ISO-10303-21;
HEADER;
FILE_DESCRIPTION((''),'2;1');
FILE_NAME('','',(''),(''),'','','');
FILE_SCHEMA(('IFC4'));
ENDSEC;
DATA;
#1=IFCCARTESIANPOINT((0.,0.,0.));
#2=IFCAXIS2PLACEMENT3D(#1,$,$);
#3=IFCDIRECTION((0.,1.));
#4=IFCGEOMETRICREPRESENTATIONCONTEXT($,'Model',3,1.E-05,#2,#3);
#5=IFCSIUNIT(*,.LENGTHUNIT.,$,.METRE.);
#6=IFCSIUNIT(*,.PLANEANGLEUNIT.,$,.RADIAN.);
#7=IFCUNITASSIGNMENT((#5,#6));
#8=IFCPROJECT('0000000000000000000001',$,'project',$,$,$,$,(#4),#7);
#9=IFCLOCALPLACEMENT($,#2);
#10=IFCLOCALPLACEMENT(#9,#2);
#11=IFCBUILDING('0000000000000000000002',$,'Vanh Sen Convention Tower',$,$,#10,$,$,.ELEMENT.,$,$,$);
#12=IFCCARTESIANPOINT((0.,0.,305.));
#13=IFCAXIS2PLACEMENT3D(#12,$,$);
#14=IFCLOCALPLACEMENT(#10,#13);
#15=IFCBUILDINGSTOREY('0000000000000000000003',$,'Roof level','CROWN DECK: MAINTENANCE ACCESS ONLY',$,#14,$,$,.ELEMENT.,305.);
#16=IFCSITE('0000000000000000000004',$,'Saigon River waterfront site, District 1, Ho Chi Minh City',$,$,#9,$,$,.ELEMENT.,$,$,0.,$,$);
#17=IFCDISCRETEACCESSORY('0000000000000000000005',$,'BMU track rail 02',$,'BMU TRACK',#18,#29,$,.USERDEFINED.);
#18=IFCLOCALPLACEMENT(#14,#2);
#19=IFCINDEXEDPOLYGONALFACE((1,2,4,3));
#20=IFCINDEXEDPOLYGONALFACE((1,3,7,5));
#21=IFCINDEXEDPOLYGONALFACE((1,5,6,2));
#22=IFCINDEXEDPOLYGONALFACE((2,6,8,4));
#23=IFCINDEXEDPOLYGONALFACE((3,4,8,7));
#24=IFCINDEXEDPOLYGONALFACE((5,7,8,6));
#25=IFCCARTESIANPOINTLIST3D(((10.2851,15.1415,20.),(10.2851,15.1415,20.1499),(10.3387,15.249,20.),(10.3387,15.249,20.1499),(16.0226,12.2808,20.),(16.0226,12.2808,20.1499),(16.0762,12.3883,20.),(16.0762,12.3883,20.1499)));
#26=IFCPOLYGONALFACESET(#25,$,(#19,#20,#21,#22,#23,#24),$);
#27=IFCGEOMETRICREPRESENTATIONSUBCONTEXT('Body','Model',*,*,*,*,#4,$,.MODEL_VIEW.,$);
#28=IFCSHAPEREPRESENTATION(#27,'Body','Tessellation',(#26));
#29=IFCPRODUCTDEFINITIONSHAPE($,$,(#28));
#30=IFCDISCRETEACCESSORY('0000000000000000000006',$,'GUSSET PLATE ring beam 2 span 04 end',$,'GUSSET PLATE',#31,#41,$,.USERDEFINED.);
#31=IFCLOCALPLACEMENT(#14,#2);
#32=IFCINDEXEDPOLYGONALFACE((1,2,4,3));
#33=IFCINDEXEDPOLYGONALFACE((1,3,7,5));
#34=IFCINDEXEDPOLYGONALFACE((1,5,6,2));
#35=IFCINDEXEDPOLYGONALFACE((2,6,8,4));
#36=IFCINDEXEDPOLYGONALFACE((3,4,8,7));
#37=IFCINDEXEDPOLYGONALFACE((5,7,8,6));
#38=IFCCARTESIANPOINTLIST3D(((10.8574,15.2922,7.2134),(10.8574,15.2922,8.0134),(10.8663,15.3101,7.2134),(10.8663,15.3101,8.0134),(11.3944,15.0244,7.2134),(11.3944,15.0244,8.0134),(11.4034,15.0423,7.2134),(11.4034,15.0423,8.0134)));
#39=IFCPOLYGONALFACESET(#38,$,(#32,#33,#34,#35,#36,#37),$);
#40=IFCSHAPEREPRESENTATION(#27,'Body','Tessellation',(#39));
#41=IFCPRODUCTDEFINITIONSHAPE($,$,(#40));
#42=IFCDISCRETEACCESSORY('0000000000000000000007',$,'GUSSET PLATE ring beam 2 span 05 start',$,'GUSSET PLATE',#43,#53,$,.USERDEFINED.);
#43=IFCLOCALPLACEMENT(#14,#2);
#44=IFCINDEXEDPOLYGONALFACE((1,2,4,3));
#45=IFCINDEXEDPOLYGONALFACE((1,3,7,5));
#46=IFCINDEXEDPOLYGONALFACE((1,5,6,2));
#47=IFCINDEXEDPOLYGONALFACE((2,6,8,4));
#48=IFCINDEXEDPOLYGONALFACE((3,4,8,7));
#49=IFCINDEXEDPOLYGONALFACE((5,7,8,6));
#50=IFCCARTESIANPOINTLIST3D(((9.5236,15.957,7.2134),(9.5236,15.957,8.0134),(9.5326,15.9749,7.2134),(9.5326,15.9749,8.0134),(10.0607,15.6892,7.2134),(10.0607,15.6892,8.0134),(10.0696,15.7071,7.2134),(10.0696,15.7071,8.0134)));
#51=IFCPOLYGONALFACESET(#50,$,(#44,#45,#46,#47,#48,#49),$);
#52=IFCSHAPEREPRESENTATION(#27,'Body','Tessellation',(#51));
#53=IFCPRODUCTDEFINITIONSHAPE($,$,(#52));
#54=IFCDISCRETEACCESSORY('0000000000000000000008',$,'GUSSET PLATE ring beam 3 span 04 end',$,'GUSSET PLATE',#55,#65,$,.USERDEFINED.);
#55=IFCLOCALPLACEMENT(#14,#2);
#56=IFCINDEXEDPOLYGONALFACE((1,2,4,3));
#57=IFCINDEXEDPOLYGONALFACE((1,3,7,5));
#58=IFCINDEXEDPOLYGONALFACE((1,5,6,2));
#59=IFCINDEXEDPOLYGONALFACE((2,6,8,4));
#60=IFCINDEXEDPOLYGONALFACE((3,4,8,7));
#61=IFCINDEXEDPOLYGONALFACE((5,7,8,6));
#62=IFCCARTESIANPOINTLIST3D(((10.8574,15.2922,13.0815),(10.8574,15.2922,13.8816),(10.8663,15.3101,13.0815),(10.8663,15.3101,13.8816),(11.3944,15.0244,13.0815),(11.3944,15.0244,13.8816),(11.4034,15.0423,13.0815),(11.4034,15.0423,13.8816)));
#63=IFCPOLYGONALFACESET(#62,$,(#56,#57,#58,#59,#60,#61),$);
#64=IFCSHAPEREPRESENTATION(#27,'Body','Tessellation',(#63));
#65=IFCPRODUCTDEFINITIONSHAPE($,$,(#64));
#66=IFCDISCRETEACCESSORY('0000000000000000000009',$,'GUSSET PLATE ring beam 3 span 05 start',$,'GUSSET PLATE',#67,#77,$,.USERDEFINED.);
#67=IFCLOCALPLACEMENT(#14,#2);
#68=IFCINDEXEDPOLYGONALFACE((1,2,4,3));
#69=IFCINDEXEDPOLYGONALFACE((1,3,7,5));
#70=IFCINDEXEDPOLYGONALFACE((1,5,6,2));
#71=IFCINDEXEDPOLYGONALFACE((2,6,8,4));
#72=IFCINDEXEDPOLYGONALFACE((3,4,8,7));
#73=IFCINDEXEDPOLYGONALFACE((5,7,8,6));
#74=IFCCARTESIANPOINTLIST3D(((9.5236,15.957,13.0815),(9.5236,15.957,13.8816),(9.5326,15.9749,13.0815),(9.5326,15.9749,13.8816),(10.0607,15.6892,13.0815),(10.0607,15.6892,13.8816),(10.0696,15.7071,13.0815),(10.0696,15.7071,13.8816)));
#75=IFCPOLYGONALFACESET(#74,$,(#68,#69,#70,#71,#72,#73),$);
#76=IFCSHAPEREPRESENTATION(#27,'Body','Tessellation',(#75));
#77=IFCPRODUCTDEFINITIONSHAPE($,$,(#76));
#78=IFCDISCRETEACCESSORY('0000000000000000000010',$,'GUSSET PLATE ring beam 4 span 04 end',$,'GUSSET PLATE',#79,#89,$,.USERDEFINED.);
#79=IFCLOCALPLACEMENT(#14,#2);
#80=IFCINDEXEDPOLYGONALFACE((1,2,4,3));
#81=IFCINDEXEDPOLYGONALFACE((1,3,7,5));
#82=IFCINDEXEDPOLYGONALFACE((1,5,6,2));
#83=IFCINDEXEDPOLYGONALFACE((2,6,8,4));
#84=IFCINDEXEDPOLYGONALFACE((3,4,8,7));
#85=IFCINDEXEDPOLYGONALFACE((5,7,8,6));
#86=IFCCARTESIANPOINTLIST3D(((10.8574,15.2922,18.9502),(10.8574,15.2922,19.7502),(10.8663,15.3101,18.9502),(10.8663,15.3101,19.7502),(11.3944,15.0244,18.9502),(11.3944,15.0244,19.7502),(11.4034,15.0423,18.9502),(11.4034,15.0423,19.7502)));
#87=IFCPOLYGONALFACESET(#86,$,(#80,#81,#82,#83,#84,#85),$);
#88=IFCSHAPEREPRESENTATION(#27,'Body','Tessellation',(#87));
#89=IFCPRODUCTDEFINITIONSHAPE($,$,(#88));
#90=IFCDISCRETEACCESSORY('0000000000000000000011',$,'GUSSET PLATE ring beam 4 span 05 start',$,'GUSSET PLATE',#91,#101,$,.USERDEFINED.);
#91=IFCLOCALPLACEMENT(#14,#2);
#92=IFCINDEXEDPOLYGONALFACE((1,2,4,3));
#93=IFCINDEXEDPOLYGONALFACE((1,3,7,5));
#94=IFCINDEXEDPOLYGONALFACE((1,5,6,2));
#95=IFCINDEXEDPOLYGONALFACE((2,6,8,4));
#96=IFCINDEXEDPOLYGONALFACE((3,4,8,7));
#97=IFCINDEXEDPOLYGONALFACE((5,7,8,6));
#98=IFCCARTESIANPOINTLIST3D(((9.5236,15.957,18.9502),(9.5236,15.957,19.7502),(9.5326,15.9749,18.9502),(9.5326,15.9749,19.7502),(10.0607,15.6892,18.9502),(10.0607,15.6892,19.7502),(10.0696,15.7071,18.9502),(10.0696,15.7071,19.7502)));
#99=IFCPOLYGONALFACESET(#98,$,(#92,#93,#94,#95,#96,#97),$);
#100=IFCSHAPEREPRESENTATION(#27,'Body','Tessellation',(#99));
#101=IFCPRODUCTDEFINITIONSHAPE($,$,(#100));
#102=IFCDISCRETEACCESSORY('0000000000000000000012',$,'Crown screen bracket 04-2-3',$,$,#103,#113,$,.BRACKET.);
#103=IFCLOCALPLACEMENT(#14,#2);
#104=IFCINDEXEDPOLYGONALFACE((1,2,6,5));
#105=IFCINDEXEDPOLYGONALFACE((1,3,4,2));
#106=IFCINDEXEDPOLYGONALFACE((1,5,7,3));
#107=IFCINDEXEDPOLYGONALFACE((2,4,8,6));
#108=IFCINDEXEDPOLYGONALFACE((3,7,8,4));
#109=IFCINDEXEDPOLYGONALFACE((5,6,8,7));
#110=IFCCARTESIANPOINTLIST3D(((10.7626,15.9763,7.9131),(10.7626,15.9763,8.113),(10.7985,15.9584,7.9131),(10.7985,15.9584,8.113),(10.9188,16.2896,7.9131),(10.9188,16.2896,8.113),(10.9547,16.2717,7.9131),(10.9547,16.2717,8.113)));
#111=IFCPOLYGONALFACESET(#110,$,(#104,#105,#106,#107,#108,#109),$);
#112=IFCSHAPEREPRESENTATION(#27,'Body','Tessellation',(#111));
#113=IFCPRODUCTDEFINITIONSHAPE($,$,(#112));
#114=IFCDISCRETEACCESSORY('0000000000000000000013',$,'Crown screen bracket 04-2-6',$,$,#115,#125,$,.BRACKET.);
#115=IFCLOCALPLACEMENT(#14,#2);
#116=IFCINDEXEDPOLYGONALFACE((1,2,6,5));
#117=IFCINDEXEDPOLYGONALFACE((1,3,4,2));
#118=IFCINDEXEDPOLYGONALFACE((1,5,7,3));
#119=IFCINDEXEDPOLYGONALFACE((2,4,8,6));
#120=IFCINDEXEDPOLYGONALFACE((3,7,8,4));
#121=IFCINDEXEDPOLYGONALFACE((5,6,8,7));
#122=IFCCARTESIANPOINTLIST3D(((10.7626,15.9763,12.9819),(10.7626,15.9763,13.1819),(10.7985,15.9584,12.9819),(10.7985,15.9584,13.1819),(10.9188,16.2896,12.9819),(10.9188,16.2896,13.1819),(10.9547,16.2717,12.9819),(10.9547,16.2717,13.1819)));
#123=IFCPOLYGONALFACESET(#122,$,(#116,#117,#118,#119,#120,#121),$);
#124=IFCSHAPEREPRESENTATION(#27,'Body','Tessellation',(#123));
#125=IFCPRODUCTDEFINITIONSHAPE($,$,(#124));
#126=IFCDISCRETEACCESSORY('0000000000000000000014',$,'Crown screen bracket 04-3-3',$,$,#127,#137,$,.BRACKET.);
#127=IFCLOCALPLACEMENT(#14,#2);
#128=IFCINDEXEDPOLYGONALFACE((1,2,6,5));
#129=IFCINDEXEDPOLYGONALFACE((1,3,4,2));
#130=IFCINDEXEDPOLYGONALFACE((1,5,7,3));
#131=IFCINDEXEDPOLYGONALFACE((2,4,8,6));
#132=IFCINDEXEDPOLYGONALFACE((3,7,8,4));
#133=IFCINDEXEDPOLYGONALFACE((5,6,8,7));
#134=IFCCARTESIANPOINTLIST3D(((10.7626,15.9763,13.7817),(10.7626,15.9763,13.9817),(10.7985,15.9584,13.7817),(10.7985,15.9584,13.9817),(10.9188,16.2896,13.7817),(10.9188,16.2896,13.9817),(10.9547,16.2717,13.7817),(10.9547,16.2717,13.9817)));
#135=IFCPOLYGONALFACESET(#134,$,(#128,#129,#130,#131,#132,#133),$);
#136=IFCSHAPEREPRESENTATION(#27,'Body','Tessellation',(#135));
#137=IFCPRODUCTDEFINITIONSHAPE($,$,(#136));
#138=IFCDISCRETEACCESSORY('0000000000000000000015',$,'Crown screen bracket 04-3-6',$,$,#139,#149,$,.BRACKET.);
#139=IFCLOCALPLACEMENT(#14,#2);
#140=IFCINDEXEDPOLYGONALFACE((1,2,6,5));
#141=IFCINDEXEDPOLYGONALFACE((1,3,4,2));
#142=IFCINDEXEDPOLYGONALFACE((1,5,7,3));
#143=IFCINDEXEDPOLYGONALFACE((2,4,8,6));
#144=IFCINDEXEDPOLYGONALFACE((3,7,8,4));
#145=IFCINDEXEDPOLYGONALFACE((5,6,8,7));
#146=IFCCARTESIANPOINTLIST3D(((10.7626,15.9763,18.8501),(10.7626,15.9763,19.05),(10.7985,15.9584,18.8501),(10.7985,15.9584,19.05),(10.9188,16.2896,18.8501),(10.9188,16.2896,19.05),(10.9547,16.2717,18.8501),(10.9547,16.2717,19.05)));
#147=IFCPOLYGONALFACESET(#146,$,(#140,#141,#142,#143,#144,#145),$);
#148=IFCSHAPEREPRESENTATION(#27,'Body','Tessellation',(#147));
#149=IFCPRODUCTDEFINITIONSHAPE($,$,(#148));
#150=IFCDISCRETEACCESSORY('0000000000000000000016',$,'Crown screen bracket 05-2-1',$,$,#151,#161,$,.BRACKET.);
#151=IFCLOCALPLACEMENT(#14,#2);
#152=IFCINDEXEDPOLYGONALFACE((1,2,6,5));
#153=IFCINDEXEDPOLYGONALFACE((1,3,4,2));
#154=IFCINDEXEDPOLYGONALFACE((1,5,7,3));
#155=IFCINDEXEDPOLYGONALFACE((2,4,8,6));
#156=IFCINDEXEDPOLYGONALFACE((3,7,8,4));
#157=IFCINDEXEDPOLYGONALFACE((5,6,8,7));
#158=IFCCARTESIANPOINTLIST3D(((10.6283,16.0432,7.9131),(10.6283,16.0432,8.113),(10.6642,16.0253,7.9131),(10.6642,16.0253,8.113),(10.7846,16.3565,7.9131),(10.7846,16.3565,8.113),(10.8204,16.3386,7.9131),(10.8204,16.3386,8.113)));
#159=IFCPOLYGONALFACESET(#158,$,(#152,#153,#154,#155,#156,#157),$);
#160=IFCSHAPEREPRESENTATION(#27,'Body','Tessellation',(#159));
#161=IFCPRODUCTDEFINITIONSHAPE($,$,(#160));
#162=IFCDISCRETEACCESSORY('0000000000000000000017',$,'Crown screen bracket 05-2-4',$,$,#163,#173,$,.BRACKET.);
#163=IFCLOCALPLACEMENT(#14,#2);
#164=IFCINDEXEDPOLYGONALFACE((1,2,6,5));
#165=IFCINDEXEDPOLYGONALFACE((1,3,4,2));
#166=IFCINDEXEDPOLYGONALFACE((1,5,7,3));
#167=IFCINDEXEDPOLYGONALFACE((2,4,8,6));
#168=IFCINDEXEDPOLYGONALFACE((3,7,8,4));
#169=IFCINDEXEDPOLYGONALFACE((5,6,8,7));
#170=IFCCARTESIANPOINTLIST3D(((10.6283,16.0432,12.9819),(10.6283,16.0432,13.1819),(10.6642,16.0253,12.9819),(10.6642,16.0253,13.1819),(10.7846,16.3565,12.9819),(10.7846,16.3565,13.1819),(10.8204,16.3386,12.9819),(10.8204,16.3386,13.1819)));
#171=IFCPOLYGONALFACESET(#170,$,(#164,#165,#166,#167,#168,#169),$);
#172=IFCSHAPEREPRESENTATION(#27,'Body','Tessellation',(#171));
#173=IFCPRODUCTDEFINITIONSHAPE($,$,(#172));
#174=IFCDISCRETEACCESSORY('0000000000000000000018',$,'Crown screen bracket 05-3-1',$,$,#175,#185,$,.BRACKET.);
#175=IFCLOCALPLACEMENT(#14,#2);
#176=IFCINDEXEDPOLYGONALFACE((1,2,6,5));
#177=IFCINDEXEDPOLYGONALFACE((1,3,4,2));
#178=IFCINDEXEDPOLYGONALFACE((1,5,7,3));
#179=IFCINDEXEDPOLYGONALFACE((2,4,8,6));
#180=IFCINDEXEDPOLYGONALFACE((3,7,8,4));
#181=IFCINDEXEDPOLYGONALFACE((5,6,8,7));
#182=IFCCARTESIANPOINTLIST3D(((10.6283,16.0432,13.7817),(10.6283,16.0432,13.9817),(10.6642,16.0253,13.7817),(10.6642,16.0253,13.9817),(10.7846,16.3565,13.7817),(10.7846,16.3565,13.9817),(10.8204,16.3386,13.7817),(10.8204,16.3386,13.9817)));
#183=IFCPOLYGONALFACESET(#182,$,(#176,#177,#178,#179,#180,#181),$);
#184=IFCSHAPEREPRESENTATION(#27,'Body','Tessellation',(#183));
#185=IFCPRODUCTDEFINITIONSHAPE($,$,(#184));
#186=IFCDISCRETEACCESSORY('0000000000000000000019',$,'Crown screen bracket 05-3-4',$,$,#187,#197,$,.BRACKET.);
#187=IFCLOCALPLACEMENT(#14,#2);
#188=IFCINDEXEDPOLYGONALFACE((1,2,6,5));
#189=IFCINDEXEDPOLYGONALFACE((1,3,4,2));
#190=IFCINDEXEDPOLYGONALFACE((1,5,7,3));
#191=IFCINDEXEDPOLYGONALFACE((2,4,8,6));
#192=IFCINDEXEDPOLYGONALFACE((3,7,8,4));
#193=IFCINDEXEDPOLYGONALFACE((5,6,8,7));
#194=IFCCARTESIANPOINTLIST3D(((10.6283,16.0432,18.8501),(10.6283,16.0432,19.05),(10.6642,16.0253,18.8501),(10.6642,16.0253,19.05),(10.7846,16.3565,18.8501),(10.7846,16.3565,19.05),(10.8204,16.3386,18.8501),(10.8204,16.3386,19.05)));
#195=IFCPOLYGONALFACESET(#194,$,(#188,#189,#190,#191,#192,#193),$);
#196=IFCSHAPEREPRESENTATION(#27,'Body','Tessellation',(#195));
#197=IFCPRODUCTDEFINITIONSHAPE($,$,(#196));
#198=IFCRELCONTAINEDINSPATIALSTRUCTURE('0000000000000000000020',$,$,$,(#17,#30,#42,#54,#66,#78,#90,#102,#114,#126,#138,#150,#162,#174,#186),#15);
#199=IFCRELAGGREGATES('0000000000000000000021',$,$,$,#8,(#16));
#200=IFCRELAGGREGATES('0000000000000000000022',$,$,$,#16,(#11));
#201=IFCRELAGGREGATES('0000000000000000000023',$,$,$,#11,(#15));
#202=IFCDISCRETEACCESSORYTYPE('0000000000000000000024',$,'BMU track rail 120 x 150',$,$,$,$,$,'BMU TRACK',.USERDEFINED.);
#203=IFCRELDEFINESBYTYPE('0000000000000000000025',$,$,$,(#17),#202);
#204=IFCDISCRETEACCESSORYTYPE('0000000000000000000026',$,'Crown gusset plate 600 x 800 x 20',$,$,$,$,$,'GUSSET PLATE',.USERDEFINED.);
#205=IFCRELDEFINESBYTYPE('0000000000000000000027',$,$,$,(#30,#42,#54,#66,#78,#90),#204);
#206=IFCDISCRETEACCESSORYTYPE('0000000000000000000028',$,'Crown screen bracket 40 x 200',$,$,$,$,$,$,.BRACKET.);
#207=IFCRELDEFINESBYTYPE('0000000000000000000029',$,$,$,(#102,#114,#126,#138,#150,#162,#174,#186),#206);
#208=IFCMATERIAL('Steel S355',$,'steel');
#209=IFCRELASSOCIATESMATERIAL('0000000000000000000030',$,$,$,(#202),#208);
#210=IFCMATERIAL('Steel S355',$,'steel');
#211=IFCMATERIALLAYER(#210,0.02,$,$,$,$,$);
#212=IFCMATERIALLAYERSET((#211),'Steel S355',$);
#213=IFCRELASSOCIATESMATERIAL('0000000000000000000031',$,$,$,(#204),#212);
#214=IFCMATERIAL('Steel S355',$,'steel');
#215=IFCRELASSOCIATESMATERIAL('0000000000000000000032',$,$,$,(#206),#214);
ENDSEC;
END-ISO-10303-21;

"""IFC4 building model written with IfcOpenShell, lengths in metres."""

from ifc_helpers import new_model, si_unit, direction, frame, origin, origin_2d, place, context, subcontext, project, spatial, rectangle, extrude, material, layer, layer_set, type_object, element, save


model = new_model("IFC4")

# Units and contexts
model_context = context("Model", 3, precision=1e-05, world=origin(), true_north=direction((0.0, 1.0)))
body_context = subcontext(model_context, "Body", "Model", "MODEL_VIEW")
ifc_project = project(units=[si_unit("LENGTHUNIT", "METRE"), si_unit("PLANEANGLEUNIT", "RADIAN")], contexts=[model_context])

# Site, building, storey
site_placement = place(None, origin())
site = spatial("IfcSite", under=ifc_project, at=site_placement, Name="Saigon River waterfront site, District 1, Ho Chi Minh City", CompositionType="ELEMENT", RefElevation=0.0)
building_placement = place(site_placement, origin())
building = spatial("IfcBuilding", under=site, at=building_placement, Name="Vanh Sen Convention Tower", CompositionType="ELEMENT")
storey_placement = place(building_placement, frame((0.0, 0.0, 305.0)))
storey = spatial("IfcBuildingStorey", under=building, at=storey_placement, Name="Roof level", Description="CROWN DECK: MAINTENANCE ACCESS ONLY", CompositionType="ELEMENT", Elevation=305.0)

# Discrete accessories
ifc_material_1 = material(Name="Steel S355", Category="steel")
discrete_accessory_type_1 = type_object("IfcDiscreteAccessoryType", Name="BMU track rail 120 x 150", ElementType="BMU TRACK", PredefinedType="USERDEFINED", material=ifc_material_1)
discrete_accessory_placement = place(storey_placement, frame((13.1807, 13.7649, 20.0), z_axis=(0.0, 0.0, 1.0), x_axis=(-0.894932, 0.446202, 0.0)))
element("IfcDiscreteAccessory", 1, at=discrete_accessory_placement, inside=storey, type_object=discrete_accessory_type_1, Name="BMU track rail 02", ObjectType="BMU TRACK", PredefinedType="USERDEFINED", context=body_context, shape_type="SweptSolid", body=[
    extrude(rectangle(XDim=6.4111, YDim=0.1201, at=origin_2d()), origin(), (0.0, 0.0, 1.0), 0.1499),
])
ifc_material_2 = material(Name="Steel S355", Category="steel")
ifc_layer_1 = layer(ifc_material_2, 0.02)
ifc_layer_set_1 = layer_set([ifc_layer_1], Name="Steel S355")
discrete_accessory_type_2 = type_object("IfcDiscreteAccessoryType", Name="Crown gusset plate 600 x 800 x 20", ElementType="GUSSET PLATE", PredefinedType="USERDEFINED", material=ifc_layer_set_1)
for number, where, z_axis, x_axis, name in (
    (2, (11.1304, 15.1672, 7.2134), (0.0, 0.0, 1.0), (0.894931, -0.446204, 0.0), "GUSSET PLATE ring beam 2 span 04 end"),
    (3, (9.7966, 15.832, 7.2134), (0.0, 0.0, 1.0), (-0.894937, 0.446193, 0.0), "GUSSET PLATE ring beam 2 span 05 start"),
    (4, (11.1304, 15.1672, 13.0815), (0.0, 0.0, 1.0), (0.894931, -0.446204, 0.0), "GUSSET PLATE ring beam 3 span 04 end"),
    (5, (9.7966, 15.832, 13.0815), (0.0, 0.0, 1.0), (-0.894937, 0.446193, 0.0), "GUSSET PLATE ring beam 3 span 05 start"),
    (6, (11.1304, 15.1672, 18.9502), (0.0, 0.0, 1.0), (0.894931, -0.446204, 0.0), "GUSSET PLATE ring beam 4 span 04 end"),
    (7, (9.7966, 15.832, 18.9502), (0.0, 0.0, 1.0), (-0.894937, 0.446193, 0.0), "GUSSET PLATE ring beam 4 span 05 start"),
):
    element("IfcDiscreteAccessory", number, at=place(storey_placement, frame(where, z_axis=z_axis, x_axis=x_axis)), inside=storey, type_object=discrete_accessory_type_2, Name=name, ObjectType="GUSSET PLATE", PredefinedType="USERDEFINED", context=body_context, shape_type="SweptSolid", body=[
        extrude(rectangle(XDim=0.6001, YDim=0.02, at=origin_2d()), origin(), (0.0, 0.0, 1.0), 0.8),
    ])
ifc_material_3 = material(Name="Steel S355", Category="steel")
discrete_accessory_type_3 = type_object("IfcDiscreteAccessoryType", Name="Crown screen bracket 40 x 200", PredefinedType="BRACKET", material=ifc_material_3)
for number, where, z_axis, x_axis, name in (
    (8, (10.8586, 16.124, 7.9131), (0.0, 0.0, 1.0), (0.446204, 0.894931, 0.0), "Crown screen bracket 04-2-3"),
    (9, (10.8586, 16.124, 12.9819), (0.0, 0.0, 1.0), (0.446204, 0.894931, 0.0), "Crown screen bracket 04-2-6"),
    (10, (10.8586, 16.124, 13.7817), (0.0, 0.0, 1.0), (0.446204, 0.894931, 0.0), "Crown screen bracket 04-3-3"),
    (11, (10.8586, 16.124, 18.8501), (0.0, 0.0, 1.0), (0.446204, 0.894931, 0.0), "Crown screen bracket 04-3-6"),
    (12, (10.7244, 16.1909, 7.9131), (0.0, 0.0, 1.0), (0.446193, 0.894937, 0.0), "Crown screen bracket 05-2-1"),
    (13, (10.7244, 16.1909, 12.9819), (0.0, 0.0, 1.0), (0.446193, 0.894937, 0.0), "Crown screen bracket 05-2-4"),
    (14, (10.7244, 16.1909, 13.7817), (0.0, 0.0, 1.0), (0.446193, 0.894937, 0.0), "Crown screen bracket 05-3-1"),
    (15, (10.7244, 16.1909, 18.8501), (0.0, 0.0, 1.0), (0.446193, 0.894937, 0.0), "Crown screen bracket 05-3-4"),
):
    element("IfcDiscreteAccessory", number, at=place(storey_placement, frame(where, z_axis=z_axis, x_axis=x_axis)), inside=storey, type_object=discrete_accessory_type_3, Name=name, PredefinedType="BRACKET", context=body_context, shape_type="SweptSolid", body=[
        extrude(rectangle(XDim=0.3501, YDim=0.04, at=origin_2d()), origin(), (0.0, 0.0, 1.0), 0.2),
    ])

save(model, "model.ifc")
